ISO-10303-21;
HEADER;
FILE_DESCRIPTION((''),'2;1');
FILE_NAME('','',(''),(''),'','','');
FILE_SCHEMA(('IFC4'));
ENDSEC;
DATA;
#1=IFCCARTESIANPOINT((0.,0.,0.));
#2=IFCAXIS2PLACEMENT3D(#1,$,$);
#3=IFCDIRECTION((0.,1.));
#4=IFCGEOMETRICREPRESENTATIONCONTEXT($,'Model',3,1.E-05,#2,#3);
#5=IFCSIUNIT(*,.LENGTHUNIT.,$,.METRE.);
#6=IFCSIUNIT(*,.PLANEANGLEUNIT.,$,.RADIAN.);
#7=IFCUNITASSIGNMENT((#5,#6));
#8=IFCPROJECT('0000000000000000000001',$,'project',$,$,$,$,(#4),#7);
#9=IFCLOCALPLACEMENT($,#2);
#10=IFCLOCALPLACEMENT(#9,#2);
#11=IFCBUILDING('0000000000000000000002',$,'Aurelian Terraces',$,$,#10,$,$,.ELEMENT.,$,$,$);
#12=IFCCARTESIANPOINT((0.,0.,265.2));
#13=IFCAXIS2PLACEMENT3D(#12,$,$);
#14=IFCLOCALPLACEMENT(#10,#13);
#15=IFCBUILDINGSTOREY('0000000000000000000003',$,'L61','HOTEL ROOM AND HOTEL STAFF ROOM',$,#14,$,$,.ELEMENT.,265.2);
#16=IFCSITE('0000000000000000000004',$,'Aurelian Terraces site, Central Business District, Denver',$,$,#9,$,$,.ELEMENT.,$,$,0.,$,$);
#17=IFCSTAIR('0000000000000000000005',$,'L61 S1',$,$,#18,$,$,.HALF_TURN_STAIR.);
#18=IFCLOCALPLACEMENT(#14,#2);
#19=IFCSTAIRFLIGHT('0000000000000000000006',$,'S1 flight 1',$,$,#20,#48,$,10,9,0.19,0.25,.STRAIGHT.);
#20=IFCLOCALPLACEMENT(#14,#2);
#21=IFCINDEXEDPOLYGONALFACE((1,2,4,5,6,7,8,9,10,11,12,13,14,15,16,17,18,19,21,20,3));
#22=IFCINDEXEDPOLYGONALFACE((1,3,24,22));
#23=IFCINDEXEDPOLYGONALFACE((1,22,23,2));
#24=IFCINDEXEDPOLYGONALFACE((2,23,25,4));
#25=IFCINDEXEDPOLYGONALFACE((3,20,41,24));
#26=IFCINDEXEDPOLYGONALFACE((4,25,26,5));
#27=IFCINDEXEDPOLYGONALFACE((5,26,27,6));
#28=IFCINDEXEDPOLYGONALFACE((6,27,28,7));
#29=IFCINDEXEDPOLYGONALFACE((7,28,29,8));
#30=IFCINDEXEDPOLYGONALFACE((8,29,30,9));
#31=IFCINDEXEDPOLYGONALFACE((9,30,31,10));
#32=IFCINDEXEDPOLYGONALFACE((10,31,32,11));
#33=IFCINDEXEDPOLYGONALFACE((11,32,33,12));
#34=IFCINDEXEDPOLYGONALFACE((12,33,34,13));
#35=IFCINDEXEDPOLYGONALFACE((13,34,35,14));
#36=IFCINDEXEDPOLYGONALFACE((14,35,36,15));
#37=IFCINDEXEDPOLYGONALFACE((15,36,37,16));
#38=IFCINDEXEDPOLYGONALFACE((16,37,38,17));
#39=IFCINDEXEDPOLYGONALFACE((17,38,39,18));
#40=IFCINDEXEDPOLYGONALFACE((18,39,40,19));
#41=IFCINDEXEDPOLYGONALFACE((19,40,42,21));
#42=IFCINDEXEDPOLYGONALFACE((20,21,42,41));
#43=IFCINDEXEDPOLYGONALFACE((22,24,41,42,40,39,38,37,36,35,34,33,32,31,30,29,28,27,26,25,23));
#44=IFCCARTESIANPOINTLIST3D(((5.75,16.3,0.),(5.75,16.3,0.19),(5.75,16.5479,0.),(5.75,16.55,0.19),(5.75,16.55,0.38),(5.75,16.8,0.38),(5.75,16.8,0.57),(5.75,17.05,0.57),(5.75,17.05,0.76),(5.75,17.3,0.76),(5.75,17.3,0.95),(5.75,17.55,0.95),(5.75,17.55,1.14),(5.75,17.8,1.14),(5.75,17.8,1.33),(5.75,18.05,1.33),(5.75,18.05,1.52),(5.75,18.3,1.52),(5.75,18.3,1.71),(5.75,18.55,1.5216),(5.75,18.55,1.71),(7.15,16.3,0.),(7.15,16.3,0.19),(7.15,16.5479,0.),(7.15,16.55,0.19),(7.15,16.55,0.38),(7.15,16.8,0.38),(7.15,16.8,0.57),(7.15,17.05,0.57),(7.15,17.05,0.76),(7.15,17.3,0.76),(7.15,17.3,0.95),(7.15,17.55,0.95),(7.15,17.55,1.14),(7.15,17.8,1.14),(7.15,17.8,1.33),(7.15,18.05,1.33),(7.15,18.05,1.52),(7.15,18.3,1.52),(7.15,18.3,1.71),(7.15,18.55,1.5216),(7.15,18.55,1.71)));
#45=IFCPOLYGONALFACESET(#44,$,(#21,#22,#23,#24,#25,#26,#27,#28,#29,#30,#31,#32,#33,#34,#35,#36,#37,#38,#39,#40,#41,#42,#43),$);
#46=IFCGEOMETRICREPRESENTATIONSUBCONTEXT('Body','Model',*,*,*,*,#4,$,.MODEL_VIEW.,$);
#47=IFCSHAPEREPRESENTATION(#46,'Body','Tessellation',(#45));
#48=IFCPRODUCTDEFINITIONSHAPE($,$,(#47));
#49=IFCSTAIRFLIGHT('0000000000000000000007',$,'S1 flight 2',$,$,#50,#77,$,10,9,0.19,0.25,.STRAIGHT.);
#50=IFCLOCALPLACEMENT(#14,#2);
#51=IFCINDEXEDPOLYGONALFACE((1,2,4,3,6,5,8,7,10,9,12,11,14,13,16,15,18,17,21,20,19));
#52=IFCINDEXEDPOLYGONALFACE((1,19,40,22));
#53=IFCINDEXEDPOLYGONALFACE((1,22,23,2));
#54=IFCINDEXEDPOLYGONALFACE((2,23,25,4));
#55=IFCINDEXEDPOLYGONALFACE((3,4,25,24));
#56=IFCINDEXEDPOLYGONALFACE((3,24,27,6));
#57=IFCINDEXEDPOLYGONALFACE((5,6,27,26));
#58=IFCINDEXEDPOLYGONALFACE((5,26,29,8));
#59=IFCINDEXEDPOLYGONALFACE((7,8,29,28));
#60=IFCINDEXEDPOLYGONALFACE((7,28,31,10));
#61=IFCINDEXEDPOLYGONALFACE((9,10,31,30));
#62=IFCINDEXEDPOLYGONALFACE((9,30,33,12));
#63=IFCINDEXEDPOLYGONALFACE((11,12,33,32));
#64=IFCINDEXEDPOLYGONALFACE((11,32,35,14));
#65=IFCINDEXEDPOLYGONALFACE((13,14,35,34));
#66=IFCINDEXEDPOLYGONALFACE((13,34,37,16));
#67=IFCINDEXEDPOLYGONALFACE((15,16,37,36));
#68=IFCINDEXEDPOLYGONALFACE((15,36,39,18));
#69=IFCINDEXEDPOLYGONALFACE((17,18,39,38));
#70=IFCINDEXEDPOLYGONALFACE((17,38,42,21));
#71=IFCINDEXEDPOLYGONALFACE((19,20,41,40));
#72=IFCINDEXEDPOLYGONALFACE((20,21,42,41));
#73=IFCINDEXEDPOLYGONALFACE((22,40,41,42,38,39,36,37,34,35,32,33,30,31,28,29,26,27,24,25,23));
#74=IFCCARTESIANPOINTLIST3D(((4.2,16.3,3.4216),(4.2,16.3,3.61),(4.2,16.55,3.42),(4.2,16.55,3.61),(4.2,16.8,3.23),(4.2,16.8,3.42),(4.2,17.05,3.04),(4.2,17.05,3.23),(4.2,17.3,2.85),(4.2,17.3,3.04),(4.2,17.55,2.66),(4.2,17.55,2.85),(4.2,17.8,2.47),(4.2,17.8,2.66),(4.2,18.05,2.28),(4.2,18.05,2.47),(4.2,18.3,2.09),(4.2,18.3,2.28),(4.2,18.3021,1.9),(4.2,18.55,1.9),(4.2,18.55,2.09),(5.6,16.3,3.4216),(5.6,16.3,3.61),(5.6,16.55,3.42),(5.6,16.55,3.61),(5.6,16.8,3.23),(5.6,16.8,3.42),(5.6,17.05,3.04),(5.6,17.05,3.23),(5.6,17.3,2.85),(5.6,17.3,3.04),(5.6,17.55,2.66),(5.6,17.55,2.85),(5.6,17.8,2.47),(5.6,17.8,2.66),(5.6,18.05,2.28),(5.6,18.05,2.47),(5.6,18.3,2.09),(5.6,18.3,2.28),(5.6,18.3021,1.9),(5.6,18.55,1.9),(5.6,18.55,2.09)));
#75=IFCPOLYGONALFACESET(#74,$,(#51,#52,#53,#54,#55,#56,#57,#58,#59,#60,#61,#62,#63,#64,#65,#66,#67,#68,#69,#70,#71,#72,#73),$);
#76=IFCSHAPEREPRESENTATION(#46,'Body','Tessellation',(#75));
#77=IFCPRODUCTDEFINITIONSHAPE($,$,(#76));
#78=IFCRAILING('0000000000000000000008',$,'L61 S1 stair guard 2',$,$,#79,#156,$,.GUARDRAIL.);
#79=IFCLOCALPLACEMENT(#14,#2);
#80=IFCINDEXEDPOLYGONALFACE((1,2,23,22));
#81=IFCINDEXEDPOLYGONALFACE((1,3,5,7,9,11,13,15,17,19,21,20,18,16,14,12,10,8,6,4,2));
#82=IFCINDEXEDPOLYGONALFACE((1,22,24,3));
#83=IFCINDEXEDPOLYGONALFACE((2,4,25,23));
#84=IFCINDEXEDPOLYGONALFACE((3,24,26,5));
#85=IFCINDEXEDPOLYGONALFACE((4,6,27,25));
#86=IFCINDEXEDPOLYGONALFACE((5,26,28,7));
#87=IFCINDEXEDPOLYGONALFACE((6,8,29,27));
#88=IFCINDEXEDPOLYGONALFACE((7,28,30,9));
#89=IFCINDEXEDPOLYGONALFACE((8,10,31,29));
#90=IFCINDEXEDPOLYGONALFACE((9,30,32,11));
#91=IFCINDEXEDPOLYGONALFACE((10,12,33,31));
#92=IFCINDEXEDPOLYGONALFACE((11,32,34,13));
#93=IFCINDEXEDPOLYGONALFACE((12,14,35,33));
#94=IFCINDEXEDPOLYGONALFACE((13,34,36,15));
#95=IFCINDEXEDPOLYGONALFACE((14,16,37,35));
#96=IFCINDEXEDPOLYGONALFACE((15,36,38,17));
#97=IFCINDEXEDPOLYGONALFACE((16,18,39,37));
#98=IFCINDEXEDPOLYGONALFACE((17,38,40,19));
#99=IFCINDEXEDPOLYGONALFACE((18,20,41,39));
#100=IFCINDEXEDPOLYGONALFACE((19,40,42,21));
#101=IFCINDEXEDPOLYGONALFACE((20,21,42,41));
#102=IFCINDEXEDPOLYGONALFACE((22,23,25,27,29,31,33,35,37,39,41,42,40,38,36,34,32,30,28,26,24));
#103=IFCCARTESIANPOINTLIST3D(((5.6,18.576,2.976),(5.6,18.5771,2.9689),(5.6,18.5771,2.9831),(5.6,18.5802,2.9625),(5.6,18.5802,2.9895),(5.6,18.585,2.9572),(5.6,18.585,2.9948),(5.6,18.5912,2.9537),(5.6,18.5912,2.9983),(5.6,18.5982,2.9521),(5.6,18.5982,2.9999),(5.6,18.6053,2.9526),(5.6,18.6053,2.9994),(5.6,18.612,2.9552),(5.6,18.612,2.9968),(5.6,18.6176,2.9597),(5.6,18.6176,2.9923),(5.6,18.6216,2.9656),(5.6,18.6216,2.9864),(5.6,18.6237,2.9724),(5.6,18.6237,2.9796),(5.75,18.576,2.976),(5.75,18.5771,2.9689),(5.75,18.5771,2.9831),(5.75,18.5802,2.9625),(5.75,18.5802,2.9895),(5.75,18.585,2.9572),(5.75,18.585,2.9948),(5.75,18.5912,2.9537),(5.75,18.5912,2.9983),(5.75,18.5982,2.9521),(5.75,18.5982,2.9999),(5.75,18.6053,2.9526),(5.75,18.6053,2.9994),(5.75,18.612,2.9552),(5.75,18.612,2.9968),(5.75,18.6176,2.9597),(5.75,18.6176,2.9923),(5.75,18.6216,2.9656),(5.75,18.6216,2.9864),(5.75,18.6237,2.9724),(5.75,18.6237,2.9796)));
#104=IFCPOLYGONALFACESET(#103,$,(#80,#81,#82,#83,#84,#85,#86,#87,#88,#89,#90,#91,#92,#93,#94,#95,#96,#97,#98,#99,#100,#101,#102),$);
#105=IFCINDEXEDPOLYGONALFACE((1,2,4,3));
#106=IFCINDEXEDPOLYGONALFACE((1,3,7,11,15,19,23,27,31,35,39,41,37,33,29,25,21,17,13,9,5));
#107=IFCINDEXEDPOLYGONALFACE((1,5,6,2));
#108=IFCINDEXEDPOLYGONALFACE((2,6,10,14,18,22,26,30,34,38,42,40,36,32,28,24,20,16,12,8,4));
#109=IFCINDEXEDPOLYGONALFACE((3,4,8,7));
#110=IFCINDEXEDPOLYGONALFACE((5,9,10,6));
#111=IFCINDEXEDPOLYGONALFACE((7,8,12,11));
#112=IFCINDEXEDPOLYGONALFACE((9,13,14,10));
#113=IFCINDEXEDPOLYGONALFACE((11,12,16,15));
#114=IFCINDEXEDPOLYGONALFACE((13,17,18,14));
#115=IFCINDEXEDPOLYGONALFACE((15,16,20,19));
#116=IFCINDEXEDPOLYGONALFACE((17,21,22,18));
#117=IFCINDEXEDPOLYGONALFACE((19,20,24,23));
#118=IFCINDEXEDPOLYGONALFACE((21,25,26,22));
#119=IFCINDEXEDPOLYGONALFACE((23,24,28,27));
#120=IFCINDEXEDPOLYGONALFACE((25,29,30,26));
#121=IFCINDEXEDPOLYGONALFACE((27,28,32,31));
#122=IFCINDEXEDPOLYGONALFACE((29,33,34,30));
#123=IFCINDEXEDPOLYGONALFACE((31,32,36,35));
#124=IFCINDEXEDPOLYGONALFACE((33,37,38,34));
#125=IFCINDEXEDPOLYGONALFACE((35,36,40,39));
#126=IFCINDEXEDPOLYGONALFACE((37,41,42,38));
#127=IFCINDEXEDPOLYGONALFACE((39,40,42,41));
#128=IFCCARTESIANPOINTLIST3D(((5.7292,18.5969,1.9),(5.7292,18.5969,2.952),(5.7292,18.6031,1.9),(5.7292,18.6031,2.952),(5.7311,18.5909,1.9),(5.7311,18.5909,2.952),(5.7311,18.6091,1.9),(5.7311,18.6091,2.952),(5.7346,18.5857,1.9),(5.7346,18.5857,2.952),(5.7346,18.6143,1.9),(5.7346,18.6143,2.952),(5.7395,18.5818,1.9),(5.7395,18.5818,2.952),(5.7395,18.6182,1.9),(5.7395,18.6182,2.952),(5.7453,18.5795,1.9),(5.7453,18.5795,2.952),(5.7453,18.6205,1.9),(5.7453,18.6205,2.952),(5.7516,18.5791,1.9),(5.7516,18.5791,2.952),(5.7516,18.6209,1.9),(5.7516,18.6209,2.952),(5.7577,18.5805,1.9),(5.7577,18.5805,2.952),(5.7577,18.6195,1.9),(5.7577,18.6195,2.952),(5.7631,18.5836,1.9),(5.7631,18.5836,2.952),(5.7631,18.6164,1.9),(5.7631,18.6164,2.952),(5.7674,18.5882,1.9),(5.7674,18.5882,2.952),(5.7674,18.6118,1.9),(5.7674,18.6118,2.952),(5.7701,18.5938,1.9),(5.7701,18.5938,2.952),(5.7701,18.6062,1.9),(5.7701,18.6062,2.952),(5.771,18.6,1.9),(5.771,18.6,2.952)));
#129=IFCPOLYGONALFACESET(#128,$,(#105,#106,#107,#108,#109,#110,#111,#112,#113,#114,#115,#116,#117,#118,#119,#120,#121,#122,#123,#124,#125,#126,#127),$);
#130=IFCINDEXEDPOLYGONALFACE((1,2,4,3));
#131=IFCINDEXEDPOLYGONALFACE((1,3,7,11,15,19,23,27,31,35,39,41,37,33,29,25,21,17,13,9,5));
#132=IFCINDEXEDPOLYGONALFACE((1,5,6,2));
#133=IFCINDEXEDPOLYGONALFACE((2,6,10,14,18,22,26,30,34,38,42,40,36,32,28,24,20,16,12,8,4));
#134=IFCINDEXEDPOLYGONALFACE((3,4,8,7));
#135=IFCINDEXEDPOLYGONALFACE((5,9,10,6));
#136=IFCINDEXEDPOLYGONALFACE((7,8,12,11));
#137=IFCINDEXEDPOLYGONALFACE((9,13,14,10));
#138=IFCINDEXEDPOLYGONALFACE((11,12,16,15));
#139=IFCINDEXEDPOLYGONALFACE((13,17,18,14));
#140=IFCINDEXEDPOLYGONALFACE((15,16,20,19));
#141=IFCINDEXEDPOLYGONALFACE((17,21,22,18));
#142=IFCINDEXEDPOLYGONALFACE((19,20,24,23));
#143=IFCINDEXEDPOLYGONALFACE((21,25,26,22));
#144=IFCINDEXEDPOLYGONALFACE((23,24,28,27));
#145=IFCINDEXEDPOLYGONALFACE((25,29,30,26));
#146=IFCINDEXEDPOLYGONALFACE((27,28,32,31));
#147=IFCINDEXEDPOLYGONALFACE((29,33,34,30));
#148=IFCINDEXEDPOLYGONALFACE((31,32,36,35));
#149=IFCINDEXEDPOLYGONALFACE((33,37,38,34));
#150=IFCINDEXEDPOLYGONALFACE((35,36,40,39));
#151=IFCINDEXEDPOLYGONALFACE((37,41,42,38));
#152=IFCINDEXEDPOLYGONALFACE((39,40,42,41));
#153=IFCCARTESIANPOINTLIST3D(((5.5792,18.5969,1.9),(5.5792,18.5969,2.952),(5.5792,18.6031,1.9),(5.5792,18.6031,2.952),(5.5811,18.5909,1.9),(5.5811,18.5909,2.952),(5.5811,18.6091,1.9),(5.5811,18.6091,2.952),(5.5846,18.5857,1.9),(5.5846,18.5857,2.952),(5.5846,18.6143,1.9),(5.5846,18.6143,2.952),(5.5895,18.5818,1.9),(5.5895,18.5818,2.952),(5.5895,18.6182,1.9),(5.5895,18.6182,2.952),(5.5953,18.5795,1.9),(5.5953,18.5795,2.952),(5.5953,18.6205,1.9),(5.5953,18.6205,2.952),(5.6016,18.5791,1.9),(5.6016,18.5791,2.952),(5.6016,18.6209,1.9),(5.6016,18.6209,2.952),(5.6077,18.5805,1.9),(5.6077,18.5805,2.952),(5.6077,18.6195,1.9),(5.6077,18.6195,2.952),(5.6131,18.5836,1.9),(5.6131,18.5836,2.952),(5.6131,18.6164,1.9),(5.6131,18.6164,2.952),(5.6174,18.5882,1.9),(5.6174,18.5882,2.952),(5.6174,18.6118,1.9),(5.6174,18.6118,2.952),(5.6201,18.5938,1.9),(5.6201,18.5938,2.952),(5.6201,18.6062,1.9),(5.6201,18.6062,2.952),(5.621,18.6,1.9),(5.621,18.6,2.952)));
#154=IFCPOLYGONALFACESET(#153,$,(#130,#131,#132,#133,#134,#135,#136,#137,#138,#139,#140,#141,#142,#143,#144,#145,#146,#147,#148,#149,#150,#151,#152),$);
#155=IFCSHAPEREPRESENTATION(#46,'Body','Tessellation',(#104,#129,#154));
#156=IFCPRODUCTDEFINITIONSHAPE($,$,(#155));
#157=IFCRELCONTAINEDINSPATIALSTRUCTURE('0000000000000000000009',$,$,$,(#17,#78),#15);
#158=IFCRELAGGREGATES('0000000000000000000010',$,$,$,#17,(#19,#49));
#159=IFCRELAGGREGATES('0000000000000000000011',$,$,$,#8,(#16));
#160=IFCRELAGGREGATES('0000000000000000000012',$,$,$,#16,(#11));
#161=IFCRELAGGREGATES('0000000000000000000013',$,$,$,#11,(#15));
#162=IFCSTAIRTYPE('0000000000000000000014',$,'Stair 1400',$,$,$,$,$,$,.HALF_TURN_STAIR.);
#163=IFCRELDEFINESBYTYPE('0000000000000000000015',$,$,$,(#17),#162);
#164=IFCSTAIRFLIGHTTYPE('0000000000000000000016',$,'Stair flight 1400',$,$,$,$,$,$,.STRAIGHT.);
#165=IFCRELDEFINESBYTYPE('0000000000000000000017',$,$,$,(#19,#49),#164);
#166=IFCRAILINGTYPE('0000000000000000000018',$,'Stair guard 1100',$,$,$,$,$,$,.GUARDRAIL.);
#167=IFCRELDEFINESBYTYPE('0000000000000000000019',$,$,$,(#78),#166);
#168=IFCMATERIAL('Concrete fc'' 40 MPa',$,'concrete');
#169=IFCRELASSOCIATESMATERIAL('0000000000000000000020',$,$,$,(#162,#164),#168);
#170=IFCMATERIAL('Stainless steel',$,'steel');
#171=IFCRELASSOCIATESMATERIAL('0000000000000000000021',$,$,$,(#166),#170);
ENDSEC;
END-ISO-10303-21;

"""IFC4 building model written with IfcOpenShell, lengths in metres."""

from ifc_helpers import new_model, si_unit, direction, frame, origin, origin_2d, place, context, subcontext, project, spatial, polyline, circle, outline, extrude, source, transform, mapped, material, type_object, element, aggregate, save


model = new_model("IFC4")

# Units and contexts
model_context = context("Model", 3, precision=1e-05, world=origin(), true_north=direction((0.0, 1.0)))
body_context = subcontext(model_context, "Body", "Model", "MODEL_VIEW")
ifc_project = project(units=[si_unit("LENGTHUNIT", "METRE"), si_unit("PLANEANGLEUNIT", "RADIAN")], contexts=[model_context])

# Site, building, storey
site_placement = place(None, origin())
site = spatial("IfcSite", under=ifc_project, at=site_placement, Name="Aurelian Terraces site, Central Business District, Denver", CompositionType="ELEMENT", RefElevation=0.0)
building_placement = place(site_placement, origin())
building = spatial("IfcBuilding", under=site, at=building_placement, Name="Aurelian Terraces", CompositionType="ELEMENT")
storey_placement = place(building_placement, frame((0.0, 0.0, 265.2)))
storey = spatial("IfcBuildingStorey", under=building, at=storey_placement, Name="L61", Description="HOTEL ROOM AND HOTEL STAFF ROOM", CompositionType="ELEMENT", Elevation=265.2)

# Shared definitions
ifc_material_1 = material(Name="Concrete fc' 40 MPa", Category="concrete")

# Stair, stair flights
stair_type = type_object("IfcStairType", Name="Stair 1400", PredefinedType="HALF_TURN_STAIR", material=ifc_material_1)
stair_placement = place(storey_placement, origin())
stair = element("IfcStair", 1, at=stair_placement, inside=storey, type_object=stair_type, Name="L61 S1", PredefinedType="HALF_TURN_STAIR")
stair_flight_type = type_object("IfcStairFlightType", Name="Stair flight 1400", PredefinedType="STRAIGHT", material=ifc_material_1)
shared_shape_1 = source(origin(), body_context, "Body", "SweptSolid", [
    extrude(outline(polyline([(0.0, 0.0), (0.0, 0.19), (0.25, 0.19), (0.25, 0.38), (0.5, 0.38), (0.5, 0.57), (0.75, 0.57), (0.75, 0.76), (1.0, 0.76), (1.0, 0.95), (1.25, 0.95), (1.25, 1.14), (1.5, 1.14), (1.5, 1.33), (1.75, 1.33), (1.75, 1.52), (2.0, 1.52), (2.0, 1.71), (2.25, 1.71), (2.25, 1.9), (2.25, 1.5216), (0.2479, 0.0), (0.0, 0.0)])), frame((0.0, 0.7, 0.0), z_axis=(0.0, -1.0, 0.0), x_axis=(1.0, 0.0, 0.0)), (0.0, 0.0, 1.0), 1.4),
])
stair_flight_1_placement = place(storey_placement, frame((6.45, 16.3, 0.0), z_axis=(0.0, 0.0, 1.0), x_axis=(0.0, 1.0, 0.0)))
stair_flight_1 = element("IfcStairFlight", 2, at=stair_flight_1_placement, type_object=stair_flight_type, Name="S1 flight 1", NumberOfRisers=10, NumberOfTreads=9, PredefinedType="STRAIGHT", RiserHeight=0.19, TreadLength=0.25, context=body_context, shape_type="MappedRepresentation", body=[
    mapped(shared_shape_1, transform((0.0, 0.0, 0.0), scale=1.0)),
])
stair_flight_2_placement = place(storey_placement, frame((4.9, 18.55, 1.9), z_axis=(0.0, 0.0, 1.0), x_axis=(0.0, -1.0, 0.0)))
stair_flight_2 = element("IfcStairFlight", 3, at=stair_flight_2_placement, type_object=stair_flight_type, Name="S1 flight 2", NumberOfRisers=10, NumberOfTreads=9, PredefinedType="STRAIGHT", RiserHeight=0.19, TreadLength=0.25, context=body_context, shape_type="MappedRepresentation", body=[
    mapped(shared_shape_1, transform((0.0, 0.0, 0.0), scale=1.0)),
])
aggregate(stair, [stair_flight_1, stair_flight_2])

# Railing
ifc_material_2 = material(Name="Stainless steel", Category="steel")
railing_type_1 = type_object("IfcRailingType", Name="Stair guard 1100", PredefinedType="GUARDRAIL", material=ifc_material_2)
shared_shape_2 = source(origin(), body_context, "Body", "SweptSolid", [
    extrude(circle(Radius=0.024, at=origin_2d()), frame((0.0, 0.0, 1.076), z_axis=(-1.0, 0.0, 0.0), x_axis=(0.0, -1.0, 0.0)), (0.0, 0.0, 1.0), 0.15),
    extrude(circle(Radius=0.021, at=origin_2d()), origin(), (0.0, 0.0, 1.0), 1.052),
    extrude(circle(Radius=0.021, at=origin_2d()), frame((-0.15, 0.0, 0.0)), (0.0, 0.0, 1.0), 1.052),
])
for number, where, name in (
    (4, (5.75, 18.6, 1.9), "L61 S1 stair guard 2"),
):
    element("IfcRailing", number, at=place(storey_placement, frame(where)), inside=storey, type_object=railing_type_1, Name=name, PredefinedType="GUARDRAIL", context=body_context, shape_type="MappedRepresentation", body=[
        mapped(shared_shape_2, transform((0.0, 0.0, 0.0), scale=1.0)),
    ])

save(model, "model.ifc")
